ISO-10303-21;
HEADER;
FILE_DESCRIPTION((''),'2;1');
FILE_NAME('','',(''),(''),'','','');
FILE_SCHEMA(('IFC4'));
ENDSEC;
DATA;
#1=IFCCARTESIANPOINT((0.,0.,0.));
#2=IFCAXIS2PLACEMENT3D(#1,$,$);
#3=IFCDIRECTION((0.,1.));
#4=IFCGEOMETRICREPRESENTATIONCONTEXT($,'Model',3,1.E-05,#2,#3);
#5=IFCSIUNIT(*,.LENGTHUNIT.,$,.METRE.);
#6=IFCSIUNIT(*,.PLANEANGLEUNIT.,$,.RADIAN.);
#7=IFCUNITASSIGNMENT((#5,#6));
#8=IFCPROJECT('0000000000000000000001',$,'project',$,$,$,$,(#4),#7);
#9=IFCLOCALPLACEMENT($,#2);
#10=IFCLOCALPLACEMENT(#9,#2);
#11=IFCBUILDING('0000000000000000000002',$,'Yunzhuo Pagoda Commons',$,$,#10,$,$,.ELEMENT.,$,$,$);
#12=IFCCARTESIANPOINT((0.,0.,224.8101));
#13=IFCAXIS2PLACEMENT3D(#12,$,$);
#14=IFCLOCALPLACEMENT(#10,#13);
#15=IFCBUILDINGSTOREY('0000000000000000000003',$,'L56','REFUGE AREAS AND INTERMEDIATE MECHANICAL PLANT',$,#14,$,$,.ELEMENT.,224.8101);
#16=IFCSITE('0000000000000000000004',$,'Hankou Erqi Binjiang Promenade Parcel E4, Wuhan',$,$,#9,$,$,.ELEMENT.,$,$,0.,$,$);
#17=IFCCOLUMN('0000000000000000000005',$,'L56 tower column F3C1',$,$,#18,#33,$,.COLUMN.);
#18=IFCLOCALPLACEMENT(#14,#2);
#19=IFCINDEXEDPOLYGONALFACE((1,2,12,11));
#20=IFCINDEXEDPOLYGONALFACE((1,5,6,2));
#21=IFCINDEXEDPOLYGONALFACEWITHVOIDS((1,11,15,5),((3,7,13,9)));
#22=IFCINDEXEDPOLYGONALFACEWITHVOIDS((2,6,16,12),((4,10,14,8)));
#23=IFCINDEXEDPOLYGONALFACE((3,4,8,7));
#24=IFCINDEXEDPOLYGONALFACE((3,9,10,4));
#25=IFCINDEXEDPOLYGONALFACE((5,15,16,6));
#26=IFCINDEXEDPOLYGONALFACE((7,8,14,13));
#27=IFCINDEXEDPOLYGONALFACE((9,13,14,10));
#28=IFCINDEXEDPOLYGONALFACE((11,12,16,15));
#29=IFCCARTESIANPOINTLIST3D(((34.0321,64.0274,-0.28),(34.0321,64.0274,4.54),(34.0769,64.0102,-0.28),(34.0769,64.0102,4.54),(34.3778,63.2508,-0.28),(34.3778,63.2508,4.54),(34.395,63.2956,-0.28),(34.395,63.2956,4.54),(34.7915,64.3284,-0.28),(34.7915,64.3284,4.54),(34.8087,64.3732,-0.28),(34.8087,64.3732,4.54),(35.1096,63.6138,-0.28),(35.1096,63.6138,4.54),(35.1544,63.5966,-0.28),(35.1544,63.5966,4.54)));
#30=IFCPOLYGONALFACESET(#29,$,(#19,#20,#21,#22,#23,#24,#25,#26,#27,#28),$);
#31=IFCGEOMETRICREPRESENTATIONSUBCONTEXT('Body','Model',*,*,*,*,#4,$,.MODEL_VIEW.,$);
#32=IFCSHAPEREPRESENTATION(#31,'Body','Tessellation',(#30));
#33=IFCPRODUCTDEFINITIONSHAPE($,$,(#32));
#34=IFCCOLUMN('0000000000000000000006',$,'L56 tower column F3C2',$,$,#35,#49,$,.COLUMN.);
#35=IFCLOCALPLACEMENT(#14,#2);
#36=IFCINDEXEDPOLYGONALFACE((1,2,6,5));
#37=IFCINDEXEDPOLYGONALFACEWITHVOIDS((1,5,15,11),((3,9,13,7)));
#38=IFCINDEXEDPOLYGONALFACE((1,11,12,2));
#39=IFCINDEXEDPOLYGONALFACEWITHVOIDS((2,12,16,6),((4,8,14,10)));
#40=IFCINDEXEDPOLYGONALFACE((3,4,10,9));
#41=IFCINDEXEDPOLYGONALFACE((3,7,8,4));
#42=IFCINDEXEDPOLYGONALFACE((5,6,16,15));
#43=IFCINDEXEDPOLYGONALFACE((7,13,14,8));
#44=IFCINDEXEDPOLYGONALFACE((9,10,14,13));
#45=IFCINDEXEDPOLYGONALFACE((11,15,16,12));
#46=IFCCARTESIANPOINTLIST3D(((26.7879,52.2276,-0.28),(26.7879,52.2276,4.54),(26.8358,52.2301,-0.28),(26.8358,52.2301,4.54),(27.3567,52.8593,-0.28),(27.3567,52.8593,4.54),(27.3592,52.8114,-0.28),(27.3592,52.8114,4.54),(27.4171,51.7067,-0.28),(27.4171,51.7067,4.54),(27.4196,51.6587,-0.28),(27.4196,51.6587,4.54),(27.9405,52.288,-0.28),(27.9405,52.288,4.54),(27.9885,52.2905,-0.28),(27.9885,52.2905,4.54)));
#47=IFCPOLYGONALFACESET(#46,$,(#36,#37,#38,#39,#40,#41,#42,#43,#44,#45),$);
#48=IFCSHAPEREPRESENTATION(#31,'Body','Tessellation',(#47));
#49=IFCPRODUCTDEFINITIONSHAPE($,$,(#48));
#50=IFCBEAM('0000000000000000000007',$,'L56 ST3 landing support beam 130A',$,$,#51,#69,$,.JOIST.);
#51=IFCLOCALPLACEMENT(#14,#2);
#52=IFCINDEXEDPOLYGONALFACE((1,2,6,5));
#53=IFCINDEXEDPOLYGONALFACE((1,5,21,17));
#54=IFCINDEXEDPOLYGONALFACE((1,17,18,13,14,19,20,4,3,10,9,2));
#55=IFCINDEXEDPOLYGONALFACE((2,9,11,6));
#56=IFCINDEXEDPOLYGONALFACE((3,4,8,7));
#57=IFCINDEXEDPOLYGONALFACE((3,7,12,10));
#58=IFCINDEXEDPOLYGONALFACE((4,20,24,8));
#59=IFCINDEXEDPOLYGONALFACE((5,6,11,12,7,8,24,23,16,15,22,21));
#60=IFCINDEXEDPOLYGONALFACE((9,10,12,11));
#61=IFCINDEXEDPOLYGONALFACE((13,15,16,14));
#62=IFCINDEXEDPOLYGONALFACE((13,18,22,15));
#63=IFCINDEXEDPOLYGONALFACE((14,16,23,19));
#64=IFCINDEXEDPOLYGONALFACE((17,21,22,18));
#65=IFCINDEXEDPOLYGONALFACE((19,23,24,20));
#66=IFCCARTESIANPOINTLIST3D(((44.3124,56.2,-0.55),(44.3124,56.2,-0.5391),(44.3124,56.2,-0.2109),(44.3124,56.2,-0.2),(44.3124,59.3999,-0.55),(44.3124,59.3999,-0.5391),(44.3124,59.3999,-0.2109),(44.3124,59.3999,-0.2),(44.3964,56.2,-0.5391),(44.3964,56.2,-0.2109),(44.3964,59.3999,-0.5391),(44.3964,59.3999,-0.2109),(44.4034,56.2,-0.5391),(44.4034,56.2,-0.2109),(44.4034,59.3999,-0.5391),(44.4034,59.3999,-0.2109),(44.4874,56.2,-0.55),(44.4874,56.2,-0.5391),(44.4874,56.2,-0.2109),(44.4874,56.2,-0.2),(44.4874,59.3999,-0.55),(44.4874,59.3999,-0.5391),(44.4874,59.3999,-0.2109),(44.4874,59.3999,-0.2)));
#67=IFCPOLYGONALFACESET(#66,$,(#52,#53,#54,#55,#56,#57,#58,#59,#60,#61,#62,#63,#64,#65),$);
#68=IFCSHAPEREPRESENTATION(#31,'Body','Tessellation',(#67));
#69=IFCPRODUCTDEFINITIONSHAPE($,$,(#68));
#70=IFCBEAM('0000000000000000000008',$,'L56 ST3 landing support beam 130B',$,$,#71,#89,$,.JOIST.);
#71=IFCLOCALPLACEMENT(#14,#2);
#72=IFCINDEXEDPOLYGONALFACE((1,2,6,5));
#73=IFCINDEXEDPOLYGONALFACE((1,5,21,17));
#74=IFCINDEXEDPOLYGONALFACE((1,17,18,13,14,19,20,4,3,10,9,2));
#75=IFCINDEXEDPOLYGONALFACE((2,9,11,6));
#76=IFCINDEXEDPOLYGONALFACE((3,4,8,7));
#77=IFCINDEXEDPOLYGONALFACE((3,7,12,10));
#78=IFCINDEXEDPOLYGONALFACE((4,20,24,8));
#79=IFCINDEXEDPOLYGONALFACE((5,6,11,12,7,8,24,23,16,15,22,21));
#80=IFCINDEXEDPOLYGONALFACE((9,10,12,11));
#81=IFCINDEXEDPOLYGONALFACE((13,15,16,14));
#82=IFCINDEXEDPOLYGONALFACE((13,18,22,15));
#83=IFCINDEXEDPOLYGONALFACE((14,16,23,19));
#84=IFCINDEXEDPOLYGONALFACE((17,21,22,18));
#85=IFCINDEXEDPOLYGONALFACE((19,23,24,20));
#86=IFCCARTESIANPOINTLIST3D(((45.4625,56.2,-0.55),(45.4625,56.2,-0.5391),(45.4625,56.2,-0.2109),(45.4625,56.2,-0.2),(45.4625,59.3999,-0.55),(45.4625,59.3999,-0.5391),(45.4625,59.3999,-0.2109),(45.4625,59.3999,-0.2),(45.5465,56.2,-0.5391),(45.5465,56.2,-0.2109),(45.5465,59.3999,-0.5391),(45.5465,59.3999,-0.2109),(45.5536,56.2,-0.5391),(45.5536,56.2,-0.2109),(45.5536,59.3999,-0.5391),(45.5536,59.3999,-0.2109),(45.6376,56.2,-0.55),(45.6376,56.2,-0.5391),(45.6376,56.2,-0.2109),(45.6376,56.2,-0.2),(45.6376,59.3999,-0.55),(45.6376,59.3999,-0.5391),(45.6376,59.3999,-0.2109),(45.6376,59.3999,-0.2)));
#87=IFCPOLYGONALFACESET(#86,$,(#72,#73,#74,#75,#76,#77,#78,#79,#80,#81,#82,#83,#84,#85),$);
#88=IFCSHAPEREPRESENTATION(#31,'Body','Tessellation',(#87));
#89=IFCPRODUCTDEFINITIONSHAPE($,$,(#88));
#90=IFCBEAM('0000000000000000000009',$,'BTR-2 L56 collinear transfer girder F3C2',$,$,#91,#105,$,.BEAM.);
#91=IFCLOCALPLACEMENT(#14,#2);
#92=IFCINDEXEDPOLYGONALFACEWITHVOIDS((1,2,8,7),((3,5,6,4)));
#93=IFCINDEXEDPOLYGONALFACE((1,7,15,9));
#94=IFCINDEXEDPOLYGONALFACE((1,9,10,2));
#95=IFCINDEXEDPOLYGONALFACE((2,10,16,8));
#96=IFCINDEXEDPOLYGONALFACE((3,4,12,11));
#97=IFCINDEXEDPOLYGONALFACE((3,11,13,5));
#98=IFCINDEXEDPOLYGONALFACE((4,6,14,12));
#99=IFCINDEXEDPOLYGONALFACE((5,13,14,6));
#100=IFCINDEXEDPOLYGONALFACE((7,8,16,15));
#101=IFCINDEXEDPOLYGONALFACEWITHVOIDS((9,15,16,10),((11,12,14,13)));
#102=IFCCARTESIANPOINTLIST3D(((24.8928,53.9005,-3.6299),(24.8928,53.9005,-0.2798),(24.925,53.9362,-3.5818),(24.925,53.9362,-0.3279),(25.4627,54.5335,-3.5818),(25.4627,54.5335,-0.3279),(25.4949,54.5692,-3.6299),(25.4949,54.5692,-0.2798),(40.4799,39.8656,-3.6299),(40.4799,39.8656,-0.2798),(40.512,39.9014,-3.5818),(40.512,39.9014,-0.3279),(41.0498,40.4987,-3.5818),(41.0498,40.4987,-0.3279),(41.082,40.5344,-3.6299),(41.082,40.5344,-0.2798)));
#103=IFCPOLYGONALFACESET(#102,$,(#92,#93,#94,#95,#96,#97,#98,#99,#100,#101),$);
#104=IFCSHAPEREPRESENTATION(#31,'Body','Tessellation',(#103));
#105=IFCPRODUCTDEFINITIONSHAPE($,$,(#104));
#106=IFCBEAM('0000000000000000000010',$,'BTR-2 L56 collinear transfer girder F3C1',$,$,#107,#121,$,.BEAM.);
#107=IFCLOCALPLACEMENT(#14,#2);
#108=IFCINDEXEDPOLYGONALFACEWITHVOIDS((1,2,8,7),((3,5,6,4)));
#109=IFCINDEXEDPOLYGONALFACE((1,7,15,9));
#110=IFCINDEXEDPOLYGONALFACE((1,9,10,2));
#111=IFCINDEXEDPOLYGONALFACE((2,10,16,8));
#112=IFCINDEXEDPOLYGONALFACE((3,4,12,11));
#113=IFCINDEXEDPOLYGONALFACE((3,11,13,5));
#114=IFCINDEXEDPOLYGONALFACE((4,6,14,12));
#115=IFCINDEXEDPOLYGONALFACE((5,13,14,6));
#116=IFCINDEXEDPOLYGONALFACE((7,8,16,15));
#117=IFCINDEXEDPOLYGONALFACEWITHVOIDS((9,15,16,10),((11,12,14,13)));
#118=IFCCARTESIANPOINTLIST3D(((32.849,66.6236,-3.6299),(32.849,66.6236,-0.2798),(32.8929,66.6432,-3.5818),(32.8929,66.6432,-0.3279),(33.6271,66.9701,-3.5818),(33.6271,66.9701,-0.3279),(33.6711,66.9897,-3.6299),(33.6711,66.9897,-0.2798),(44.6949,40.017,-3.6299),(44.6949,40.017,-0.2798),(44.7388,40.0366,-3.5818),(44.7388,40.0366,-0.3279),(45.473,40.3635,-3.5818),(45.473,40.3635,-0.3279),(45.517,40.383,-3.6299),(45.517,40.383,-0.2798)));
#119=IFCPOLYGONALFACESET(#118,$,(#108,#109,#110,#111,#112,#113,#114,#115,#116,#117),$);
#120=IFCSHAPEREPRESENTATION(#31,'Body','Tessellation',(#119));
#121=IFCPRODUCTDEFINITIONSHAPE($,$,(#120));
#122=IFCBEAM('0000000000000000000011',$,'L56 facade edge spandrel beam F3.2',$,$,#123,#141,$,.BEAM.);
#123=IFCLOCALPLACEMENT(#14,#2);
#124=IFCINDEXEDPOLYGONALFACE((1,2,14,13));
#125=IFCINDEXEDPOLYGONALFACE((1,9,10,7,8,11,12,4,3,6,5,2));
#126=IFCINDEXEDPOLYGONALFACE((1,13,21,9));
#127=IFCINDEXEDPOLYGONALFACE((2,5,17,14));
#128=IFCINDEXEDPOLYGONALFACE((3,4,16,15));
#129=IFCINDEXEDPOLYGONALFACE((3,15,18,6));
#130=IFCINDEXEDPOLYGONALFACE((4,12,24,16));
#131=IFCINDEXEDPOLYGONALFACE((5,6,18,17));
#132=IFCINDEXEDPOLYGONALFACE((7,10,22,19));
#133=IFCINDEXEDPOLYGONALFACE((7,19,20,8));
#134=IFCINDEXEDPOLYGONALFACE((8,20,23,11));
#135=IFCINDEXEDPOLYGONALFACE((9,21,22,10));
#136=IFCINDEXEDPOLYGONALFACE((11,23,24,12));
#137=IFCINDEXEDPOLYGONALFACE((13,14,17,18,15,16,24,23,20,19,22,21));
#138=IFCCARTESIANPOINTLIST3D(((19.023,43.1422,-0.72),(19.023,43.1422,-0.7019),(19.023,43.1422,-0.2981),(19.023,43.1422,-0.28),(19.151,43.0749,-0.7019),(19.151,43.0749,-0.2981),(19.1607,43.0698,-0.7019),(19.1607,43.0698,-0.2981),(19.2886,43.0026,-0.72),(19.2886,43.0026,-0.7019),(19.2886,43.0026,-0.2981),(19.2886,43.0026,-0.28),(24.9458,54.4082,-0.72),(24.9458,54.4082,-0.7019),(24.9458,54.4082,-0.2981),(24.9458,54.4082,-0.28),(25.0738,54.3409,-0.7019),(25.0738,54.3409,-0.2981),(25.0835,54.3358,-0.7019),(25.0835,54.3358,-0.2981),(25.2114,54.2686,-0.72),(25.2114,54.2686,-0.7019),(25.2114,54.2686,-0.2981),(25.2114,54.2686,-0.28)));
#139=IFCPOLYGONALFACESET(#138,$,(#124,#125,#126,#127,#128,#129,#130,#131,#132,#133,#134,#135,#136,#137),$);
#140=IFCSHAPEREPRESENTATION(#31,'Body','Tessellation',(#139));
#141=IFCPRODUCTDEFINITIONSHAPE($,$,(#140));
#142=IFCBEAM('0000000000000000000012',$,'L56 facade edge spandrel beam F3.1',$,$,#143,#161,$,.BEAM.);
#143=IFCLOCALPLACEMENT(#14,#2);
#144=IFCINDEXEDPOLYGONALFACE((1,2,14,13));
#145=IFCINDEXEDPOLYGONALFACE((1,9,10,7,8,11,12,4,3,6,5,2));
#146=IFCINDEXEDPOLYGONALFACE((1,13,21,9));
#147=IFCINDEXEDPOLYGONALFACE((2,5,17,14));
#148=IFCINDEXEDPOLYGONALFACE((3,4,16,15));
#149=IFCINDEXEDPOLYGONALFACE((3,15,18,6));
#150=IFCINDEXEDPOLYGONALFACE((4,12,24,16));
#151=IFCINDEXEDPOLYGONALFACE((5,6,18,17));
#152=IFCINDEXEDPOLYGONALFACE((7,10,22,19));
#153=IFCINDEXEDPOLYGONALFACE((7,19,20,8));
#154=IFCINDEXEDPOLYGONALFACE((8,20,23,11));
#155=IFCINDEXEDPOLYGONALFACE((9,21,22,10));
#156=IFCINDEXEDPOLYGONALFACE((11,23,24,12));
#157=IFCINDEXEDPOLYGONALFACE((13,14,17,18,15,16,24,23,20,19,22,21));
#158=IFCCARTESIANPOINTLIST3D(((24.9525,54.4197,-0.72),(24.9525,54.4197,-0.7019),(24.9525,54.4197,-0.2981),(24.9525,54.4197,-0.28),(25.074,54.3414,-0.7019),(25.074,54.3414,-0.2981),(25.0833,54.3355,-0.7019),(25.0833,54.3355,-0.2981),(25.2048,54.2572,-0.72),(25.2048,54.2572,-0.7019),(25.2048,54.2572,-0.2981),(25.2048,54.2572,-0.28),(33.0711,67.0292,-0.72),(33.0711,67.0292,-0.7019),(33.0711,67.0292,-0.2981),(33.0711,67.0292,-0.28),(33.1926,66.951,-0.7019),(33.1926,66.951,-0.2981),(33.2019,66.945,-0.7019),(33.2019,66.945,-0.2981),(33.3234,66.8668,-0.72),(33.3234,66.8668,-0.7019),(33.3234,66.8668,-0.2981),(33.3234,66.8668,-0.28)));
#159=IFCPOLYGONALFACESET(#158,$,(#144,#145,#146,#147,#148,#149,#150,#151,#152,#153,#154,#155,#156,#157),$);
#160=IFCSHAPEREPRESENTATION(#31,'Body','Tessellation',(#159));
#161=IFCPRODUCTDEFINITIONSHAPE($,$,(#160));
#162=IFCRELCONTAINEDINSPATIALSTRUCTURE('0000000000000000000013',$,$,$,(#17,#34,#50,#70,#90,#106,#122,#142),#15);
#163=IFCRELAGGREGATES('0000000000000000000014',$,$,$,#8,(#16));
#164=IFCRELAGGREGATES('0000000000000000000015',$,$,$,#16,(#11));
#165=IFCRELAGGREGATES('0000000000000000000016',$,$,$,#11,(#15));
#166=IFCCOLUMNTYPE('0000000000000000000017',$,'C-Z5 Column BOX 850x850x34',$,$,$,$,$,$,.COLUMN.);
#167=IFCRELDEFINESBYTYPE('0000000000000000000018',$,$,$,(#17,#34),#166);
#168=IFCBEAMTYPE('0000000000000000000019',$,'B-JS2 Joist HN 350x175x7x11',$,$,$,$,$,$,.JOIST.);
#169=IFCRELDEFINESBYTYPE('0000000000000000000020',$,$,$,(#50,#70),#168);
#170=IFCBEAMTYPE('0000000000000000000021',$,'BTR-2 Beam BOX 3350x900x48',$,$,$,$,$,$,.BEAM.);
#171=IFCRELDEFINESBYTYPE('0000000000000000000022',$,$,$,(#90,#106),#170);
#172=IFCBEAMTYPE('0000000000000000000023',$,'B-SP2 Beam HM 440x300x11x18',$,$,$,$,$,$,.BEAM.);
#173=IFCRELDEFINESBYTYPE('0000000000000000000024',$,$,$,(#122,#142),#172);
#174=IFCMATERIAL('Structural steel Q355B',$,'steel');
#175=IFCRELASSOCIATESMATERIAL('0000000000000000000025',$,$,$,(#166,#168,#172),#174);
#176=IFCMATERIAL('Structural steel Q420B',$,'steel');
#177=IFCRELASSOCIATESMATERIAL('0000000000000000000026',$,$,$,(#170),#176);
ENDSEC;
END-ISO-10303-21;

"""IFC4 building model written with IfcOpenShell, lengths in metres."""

from ifc_helpers import new_model, si_unit, direction, frame, origin, origin_2d, place, context, subcontext, project, spatial, hollow_rectangle, i_section, extrude, source, transform, mapped, material, material_profile, profile_set, type_object, element, save


model = new_model("IFC4")

# Units and contexts
model_context = context("Model", 3, precision=1e-05, world=origin(), true_north=direction((0.0, 1.0)))
body_context = subcontext(model_context, "Body", "Model", "MODEL_VIEW")
ifc_project = project(units=[si_unit("LENGTHUNIT", "METRE"), si_unit("PLANEANGLEUNIT", "RADIAN")], contexts=[model_context])

# Site, building, storey
site_placement = place(None, origin())
site = spatial("IfcSite", under=ifc_project, at=site_placement, Name="Hankou Erqi Binjiang Promenade Parcel E4, Wuhan", CompositionType="ELEMENT", RefElevation=0.0)
building_placement = place(site_placement, origin())
building = spatial("IfcBuilding", under=site, at=building_placement, Name="Yunzhuo Pagoda Commons", CompositionType="ELEMENT")
storey_placement = place(building_placement, frame((0.0, 0.0, 224.8101)))
storey = spatial("IfcBuildingStorey", under=building, at=storey_placement, Name="L56", Description="REFUGE AREAS AND INTERMEDIATE MECHANICAL PLANT", CompositionType="ELEMENT", Elevation=224.8101)

# Columns
ifc_material_1 = material(Name="Structural steel Q355B", Category="steel")
ifc_material_profile_1 = material_profile(ifc_material_1, hollow_rectangle(XDim=0.8501, YDim=0.8501, WallThickness=0.0339, at=origin_2d()), Name="Structural steel Q355B")
ifc_profile_set_1 = profile_set([ifc_material_profile_1], Name="Structural steel Q355B")
column_type = type_object("IfcColumnType", Name="C-Z5 Column BOX 850x850x34", PredefinedType="COLUMN", material=ifc_profile_set_1)
shared_shape_1 = source(origin(), body_context, "Body", "SweptSolid", [
    extrude(hollow_rectangle(XDim=0.8501, YDim=0.8501, WallThickness=0.0339, at=origin_2d()), origin(), (0.0, 0.0, 1.0), 4.8201),
])
for number, where, z_axis, x_axis, name in (
    (1, (34.5933, 63.812, -0.28), (0.0, 0.0, 1.0), (-0.913545, -0.406737, 0.0), "L56 tower column F3C1"),
    (2, (27.3882, 52.259, -0.28), (0.0, 0.0, 1.0), (-0.669131, -0.743145, 0.0), "L56 tower column F3C2"),
):
    element("IfcColumn", number, at=place(storey_placement, frame(where, z_axis=z_axis, x_axis=x_axis)), inside=storey, type_object=column_type, Name=name, PredefinedType="COLUMN", context=body_context, shape_type="MappedRepresentation", body=[
        mapped(shared_shape_1, transform((0.0, 0.0, 0.0), scale=1.0)),
    ])

# Beams
ifc_material_profile_2 = material_profile(ifc_material_1, i_section(OverallWidth=0.175, OverallDepth=0.3501, WebThickness=0.0071, FlangeThickness=0.011, at=origin_2d()), Name="Structural steel Q355B")
ifc_profile_set_2 = profile_set([ifc_material_profile_2], Name="Structural steel Q355B")
beam_type_1 = type_object("IfcBeamType", Name="B-JS2 Joist HN 350x175x7x11", PredefinedType="JOIST", material=ifc_profile_set_2)
shared_shape_2 = source(origin(), body_context, "Body", "SweptSolid", [
    extrude(i_section(OverallWidth=0.175, OverallDepth=0.3501, WebThickness=0.0071, FlangeThickness=0.011, at=origin_2d()), origin(), (0.0, 0.0, 1.0), 3.2),
])
for number, where, z_axis, x_axis, name in (
    (3, (44.3999, 56.2, -0.375), (0.0, 1.0, 0.0), (-1.0, 0.0, 0.0), "L56 ST3 landing support beam 130A"),
    (4, (45.55, 56.2, -0.375), (0.0, 1.0, 0.0), (-1.0, 0.0, 0.0), "L56 ST3 landing support beam 130B"),
):
    element("IfcBeam", number, at=place(storey_placement, frame(where, z_axis=z_axis, x_axis=x_axis)), inside=storey, type_object=beam_type_1, Name=name, PredefinedType="JOIST", context=body_context, shape_type="MappedRepresentation", body=[
        mapped(shared_shape_2, transform((0.0, 0.0, 0.0), scale=1.0)),
    ])
ifc_material_2 = material(Name="Structural steel Q420B", Category="steel")
ifc_material_profile_3 = material_profile(ifc_material_2, hollow_rectangle(XDim=0.8999, YDim=3.3501, WallThickness=0.0481, at=origin_2d()), Name="Structural steel Q420B")
ifc_profile_set_3 = profile_set([ifc_material_profile_3], Name="Structural steel Q420B")
beam_type_2 = type_object("IfcBeamType", Name="BTR-2 Beam BOX 3350x900x48", PredefinedType="BEAM", material=ifc_profile_set_3)
shared_shape_3 = source(origin(), body_context, "Body", "SweptSolid", [
    extrude(hollow_rectangle(XDim=0.8999, YDim=3.3501, WallThickness=0.0481, at=origin_2d()), origin(), (0.0, 0.0, 1.0), 20.9746),
])
beam_1_placement = place(storey_placement, frame((25.1938, 54.2349, -1.9548), z_axis=(0.743141, -0.669135, 0.0), x_axis=(0.669135, 0.743141, 0.0)))
element("IfcBeam", 5, at=beam_1_placement, inside=storey, type_object=beam_type_2, Name="BTR-2 L56 collinear transfer girder F3C2", PredefinedType="BEAM", context=body_context, shape_type="MappedRepresentation", body=[
    mapped(shared_shape_3, transform((0.0, 0.0, 0.0), scale=1.0)),
])
shared_shape_4 = source(origin(), body_context, "Body", "SweptSolid", [
    extrude(hollow_rectangle(XDim=0.8999, YDim=3.3501, WallThickness=0.0481, at=origin_2d()), origin(), (0.0, 0.0, 1.0), 29.1245),
])
beam_2_placement = place(storey_placement, frame((33.26, 66.8066, -1.9548), z_axis=(0.406733, -0.913547, 0.0), x_axis=(0.913547, 0.406733, 0.0)))
element("IfcBeam", 6, at=beam_2_placement, inside=storey, type_object=beam_type_2, Name="BTR-2 L56 collinear transfer girder F3C1", PredefinedType="BEAM", context=body_context, shape_type="MappedRepresentation", body=[
    mapped(shared_shape_4, transform((0.0, 0.0, 0.0), scale=1.0)),
])
ifc_material_profile_4 = material_profile(ifc_material_1, i_section(OverallWidth=0.3, OverallDepth=0.4399, WebThickness=0.011, FlangeThickness=0.0181, at=origin_2d()), Name="Structural steel Q355B")
ifc_profile_set_4 = profile_set([ifc_material_profile_4], Name="Structural steel Q355B")
beam_type_3 = type_object("IfcBeamType", Name="B-SP2 Beam HM 440x300x11x18", PredefinedType="BEAM", material=ifc_profile_set_4)
shared_shape_5 = source(origin(), body_context, "Body", "SweptSolid", [
    extrude(i_section(OverallWidth=0.3, OverallDepth=0.4399, WebThickness=0.011, FlangeThickness=0.0181, at=origin_2d()), origin(), (0.0, 0.0, 1.0), 12.728),
])
beam_3_placement = place(storey_placement, frame((25.0786, 54.3384, -0.5), z_axis=(-0.465335, -0.885134, 0.0), x_axis=(0.885134, -0.465335, 0.0)))
element("IfcBeam", 7, at=beam_3_placement, inside=storey, type_object=beam_type_3, Name="L56 facade edge spandrel beam F3.2", PredefinedType="BEAM", context=body_context, shape_type="MappedRepresentation", body=[
    mapped(shared_shape_5, transform((0.0, 0.0, 0.0), scale=1.0)),
])
shared_shape_6 = source(origin(), body_context, "Body", "SweptSolid", [
    extrude(i_section(OverallWidth=0.3, OverallDepth=0.4399, WebThickness=0.011, FlangeThickness=0.0181, at=origin_2d()), origin(), (0.0, 0.0, 1.0), 14.9971),
])
beam_4_placement = place(storey_placement, frame((33.1973, 66.948, -0.5), z_axis=(-0.541346, -0.8408, 0.0), x_axis=(0.8408, -0.541346, 0.0)))
element("IfcBeam", 8, at=beam_4_placement, inside=storey, type_object=beam_type_3, Name="L56 facade edge spandrel beam F3.1", PredefinedType="BEAM", context=body_context, shape_type="MappedRepresentation", body=[
    mapped(shared_shape_6, transform((0.0, 0.0, 0.0), scale=1.0)),
])

save(model, "model.ifc")
